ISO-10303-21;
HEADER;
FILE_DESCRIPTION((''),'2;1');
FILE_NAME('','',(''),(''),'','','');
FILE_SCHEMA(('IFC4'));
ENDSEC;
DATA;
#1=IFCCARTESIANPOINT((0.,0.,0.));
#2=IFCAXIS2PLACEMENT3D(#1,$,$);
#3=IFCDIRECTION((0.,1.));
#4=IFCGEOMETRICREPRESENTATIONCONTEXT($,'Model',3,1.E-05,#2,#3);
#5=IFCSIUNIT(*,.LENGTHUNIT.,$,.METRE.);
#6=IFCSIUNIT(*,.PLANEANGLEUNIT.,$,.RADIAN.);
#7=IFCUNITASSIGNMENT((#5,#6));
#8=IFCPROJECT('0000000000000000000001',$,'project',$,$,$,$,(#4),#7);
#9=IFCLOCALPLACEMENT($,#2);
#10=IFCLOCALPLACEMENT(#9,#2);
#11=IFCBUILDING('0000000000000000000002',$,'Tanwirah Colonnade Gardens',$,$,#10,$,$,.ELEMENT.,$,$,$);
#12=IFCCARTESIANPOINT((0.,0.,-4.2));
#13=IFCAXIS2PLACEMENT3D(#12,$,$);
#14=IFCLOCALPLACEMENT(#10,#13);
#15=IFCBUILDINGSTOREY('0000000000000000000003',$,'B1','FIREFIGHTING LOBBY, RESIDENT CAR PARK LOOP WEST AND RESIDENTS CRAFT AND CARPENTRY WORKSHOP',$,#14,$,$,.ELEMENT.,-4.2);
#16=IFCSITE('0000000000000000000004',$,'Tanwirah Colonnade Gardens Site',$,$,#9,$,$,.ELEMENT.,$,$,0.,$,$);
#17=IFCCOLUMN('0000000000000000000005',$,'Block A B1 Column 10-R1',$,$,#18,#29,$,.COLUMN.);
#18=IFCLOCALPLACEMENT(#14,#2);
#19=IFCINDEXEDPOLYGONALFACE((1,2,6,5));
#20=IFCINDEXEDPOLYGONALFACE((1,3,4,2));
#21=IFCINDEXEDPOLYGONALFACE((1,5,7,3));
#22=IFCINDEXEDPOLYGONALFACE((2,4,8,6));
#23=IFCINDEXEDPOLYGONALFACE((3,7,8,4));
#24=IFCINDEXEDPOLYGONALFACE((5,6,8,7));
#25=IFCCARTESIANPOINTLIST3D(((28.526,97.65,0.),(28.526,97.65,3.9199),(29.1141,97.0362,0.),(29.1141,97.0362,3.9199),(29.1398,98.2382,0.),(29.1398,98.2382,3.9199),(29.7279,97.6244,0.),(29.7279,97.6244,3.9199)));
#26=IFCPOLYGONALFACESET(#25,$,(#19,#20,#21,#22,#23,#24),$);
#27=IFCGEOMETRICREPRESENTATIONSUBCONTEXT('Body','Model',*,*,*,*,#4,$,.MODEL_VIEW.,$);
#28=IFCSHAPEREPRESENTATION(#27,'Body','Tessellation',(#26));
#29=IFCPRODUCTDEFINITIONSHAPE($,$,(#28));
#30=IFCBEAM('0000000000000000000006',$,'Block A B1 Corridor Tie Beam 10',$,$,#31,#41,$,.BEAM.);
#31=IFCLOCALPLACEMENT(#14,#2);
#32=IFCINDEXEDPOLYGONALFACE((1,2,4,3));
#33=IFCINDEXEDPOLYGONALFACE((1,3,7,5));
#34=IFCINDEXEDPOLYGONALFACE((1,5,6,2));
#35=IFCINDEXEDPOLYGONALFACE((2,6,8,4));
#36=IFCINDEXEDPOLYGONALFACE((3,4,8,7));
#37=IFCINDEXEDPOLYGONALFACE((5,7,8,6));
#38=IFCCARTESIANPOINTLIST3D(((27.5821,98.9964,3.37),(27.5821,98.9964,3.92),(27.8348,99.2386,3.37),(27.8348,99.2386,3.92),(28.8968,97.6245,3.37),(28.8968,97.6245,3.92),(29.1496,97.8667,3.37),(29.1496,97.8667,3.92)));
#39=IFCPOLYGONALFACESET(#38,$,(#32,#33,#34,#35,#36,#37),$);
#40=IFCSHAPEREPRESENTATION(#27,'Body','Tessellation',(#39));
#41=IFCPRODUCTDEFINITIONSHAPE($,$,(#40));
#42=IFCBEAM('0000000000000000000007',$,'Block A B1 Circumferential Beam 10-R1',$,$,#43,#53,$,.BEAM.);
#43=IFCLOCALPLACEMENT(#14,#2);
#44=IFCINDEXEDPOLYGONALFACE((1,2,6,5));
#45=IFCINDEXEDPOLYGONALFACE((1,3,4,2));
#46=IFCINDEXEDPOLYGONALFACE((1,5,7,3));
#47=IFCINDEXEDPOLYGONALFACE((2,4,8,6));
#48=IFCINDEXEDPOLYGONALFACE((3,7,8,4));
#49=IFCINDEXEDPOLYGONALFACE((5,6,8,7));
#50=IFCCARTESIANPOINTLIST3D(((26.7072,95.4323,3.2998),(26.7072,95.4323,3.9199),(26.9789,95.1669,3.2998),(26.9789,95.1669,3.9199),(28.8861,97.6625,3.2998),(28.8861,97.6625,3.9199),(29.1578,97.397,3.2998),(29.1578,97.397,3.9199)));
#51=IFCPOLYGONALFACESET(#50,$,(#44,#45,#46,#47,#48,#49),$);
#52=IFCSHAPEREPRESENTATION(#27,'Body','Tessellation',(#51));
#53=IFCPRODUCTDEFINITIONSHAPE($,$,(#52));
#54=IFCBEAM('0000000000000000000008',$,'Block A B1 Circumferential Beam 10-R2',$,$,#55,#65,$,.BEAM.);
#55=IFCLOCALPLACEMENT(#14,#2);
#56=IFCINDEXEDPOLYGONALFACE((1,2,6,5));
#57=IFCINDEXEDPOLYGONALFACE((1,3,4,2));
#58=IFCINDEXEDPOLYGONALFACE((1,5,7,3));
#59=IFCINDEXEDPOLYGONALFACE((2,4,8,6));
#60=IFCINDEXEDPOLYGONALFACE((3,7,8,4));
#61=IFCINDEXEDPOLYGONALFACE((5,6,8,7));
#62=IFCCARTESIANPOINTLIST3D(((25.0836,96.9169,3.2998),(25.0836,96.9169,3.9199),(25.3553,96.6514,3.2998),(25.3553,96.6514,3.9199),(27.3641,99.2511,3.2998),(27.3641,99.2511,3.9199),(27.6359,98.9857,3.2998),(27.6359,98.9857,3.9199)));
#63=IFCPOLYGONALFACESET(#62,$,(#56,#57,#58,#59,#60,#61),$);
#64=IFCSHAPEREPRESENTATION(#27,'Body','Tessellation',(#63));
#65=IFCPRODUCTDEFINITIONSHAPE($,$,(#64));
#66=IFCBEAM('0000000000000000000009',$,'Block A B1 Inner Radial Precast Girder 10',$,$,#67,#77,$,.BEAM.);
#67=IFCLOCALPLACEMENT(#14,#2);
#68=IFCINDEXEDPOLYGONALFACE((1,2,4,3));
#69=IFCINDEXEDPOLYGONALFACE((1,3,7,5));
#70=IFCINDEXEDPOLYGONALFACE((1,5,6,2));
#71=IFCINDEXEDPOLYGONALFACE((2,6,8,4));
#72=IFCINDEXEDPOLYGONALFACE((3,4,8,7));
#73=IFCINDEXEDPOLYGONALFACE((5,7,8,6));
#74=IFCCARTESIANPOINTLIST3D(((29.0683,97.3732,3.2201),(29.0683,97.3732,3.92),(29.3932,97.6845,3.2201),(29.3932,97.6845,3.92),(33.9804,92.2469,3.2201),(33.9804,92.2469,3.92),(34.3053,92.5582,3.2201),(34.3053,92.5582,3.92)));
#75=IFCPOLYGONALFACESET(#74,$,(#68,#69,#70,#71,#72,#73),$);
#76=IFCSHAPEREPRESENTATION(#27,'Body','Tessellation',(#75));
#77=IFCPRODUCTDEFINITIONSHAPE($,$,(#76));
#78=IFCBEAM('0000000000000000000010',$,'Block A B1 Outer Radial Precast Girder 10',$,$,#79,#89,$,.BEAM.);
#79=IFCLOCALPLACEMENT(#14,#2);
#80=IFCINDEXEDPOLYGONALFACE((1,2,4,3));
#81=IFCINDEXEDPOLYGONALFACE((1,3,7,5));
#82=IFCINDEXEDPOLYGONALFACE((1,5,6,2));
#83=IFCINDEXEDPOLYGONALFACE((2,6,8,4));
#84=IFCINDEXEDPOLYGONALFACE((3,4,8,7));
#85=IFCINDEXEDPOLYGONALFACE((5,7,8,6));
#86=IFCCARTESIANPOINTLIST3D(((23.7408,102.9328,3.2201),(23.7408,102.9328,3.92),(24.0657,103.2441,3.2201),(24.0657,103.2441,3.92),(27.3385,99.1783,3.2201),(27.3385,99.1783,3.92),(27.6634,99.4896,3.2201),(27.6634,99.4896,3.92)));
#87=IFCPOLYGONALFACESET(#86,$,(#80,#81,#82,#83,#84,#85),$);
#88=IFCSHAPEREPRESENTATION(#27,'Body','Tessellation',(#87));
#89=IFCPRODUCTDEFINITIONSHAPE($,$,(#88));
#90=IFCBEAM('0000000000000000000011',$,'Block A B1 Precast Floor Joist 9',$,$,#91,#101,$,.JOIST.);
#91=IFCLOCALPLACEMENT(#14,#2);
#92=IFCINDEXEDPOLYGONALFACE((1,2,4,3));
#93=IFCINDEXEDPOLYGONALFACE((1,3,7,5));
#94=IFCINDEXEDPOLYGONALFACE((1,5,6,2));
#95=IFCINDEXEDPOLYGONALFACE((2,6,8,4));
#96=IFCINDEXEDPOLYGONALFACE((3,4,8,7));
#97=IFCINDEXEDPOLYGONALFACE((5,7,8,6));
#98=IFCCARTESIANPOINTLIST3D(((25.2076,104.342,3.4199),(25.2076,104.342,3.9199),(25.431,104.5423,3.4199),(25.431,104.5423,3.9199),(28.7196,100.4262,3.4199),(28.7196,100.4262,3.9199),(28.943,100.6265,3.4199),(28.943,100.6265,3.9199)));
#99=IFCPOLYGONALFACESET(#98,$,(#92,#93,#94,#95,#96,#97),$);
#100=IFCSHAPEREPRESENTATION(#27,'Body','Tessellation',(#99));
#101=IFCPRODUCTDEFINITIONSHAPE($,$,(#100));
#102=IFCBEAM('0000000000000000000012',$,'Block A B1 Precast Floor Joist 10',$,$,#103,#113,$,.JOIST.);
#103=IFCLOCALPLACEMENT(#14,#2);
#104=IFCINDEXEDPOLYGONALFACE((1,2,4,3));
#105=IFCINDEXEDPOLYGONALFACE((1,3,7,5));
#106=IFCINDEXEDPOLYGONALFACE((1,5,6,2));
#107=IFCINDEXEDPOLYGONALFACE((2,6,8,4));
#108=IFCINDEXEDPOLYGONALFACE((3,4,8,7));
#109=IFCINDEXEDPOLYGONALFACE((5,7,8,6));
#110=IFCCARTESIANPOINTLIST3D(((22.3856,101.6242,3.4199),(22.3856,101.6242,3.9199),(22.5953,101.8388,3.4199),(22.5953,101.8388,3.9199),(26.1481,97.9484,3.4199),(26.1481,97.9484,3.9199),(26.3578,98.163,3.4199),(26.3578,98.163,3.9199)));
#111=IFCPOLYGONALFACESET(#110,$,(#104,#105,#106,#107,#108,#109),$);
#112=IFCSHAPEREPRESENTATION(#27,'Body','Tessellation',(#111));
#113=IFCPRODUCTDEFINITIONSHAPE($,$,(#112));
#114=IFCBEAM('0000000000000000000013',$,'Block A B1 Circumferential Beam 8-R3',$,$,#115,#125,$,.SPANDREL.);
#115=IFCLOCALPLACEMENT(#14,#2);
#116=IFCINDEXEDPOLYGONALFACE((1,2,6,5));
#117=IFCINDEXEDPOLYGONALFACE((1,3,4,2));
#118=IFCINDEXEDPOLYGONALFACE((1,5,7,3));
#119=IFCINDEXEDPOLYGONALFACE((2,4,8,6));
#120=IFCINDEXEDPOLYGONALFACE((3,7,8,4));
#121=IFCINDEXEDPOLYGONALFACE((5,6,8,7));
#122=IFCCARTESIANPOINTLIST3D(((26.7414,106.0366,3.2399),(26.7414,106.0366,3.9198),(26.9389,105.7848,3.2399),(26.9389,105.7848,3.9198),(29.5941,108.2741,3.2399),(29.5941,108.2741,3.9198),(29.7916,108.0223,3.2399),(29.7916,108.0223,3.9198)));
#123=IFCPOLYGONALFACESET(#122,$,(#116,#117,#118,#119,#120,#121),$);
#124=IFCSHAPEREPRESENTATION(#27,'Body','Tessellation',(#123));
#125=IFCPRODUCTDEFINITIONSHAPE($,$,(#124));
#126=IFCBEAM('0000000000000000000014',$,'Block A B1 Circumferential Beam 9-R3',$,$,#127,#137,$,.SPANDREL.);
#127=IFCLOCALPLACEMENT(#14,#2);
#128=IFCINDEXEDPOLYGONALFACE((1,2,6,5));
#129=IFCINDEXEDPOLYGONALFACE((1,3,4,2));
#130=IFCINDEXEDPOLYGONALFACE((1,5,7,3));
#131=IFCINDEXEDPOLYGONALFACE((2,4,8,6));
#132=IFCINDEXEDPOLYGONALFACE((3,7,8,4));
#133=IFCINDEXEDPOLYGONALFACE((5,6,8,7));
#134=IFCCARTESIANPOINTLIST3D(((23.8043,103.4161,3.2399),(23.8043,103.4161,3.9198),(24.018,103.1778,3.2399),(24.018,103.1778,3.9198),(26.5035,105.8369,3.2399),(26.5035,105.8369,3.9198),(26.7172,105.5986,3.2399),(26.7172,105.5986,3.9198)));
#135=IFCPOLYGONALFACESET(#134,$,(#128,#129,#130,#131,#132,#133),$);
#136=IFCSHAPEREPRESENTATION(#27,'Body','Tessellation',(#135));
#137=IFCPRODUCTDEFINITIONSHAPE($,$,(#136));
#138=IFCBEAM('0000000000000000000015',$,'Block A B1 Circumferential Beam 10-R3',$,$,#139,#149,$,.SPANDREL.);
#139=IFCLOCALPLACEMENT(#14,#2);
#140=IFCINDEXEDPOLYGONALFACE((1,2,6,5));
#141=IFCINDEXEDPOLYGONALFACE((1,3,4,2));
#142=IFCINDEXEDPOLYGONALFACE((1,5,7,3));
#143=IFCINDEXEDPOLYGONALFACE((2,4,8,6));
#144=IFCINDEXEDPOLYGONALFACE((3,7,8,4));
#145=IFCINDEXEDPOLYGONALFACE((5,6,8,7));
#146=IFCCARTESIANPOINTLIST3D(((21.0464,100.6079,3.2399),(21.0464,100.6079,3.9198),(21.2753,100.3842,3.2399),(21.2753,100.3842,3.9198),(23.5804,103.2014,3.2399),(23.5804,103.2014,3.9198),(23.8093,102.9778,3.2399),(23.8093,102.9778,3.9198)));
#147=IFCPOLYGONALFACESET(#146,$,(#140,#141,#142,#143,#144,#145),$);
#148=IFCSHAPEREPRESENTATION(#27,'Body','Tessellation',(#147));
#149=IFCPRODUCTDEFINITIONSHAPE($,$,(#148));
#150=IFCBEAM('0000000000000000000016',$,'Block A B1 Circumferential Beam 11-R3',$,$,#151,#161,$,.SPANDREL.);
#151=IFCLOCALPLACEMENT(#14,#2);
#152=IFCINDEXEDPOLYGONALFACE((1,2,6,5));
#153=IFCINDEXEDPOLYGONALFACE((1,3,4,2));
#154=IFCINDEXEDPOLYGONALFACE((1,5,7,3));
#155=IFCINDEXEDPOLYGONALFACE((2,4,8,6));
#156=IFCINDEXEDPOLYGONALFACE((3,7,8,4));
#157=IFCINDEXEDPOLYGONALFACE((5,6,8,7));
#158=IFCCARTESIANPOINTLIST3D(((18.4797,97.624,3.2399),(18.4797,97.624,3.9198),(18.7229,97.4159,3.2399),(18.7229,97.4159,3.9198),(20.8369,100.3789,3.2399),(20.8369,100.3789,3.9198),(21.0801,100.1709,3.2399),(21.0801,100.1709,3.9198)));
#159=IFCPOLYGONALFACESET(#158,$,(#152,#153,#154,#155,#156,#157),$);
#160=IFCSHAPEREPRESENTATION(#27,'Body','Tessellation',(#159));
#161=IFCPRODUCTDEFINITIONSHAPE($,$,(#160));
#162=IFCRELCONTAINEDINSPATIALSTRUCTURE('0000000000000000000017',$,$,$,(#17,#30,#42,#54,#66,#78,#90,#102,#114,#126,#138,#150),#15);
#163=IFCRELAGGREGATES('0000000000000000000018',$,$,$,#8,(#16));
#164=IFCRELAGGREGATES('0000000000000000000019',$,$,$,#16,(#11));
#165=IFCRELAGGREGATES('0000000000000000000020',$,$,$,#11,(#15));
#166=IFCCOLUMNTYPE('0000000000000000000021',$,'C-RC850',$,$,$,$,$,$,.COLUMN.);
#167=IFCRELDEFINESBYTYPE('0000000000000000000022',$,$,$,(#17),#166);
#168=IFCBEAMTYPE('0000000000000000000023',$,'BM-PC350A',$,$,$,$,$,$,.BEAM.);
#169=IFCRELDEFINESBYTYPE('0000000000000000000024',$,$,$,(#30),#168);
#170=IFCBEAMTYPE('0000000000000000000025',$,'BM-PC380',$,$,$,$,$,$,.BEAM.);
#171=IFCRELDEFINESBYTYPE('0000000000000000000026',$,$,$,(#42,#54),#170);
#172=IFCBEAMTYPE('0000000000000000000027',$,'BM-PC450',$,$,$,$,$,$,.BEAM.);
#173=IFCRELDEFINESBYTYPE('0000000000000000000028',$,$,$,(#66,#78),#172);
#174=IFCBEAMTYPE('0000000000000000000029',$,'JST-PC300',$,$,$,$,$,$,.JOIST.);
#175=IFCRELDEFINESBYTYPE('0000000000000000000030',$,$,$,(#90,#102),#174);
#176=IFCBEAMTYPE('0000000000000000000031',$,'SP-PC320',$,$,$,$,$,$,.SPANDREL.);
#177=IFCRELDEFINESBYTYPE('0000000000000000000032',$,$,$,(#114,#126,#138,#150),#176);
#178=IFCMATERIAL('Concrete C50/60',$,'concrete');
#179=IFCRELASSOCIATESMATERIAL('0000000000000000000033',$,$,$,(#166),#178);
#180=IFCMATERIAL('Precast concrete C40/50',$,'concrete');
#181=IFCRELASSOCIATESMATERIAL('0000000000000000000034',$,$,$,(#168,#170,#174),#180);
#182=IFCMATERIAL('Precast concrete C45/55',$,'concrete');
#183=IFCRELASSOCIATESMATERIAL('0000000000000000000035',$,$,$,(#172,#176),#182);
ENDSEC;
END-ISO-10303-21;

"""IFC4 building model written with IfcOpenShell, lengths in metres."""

from ifc_helpers import new_model, si_unit, direction, frame, origin, origin_2d, place, context, subcontext, project, spatial, rectangle, extrude, material, material_profile, profile_set, type_object, element, save


model = new_model("IFC4")

# Units and contexts
model_context = context("Model", 3, precision=1e-05, world=origin(), true_north=direction((0.0, 1.0)))
body_context = subcontext(model_context, "Body", "Model", "MODEL_VIEW")
ifc_project = project(units=[si_unit("LENGTHUNIT", "METRE"), si_unit("PLANEANGLEUNIT", "RADIAN")], contexts=[model_context])

# Site, building, storey
site_placement = place(None, origin())
site = spatial("IfcSite", under=ifc_project, at=site_placement, Name="Tanwirah Colonnade Gardens Site", CompositionType="ELEMENT", RefElevation=0.0)
building_placement = place(site_placement, origin())
building = spatial("IfcBuilding", under=site, at=building_placement, Name="Tanwirah Colonnade Gardens", CompositionType="ELEMENT")
storey_placement = place(building_placement, frame((0.0, 0.0, -4.2)))
storey = spatial("IfcBuildingStorey", under=building, at=storey_placement, Name="B1", Description="FIREFIGHTING LOBBY, RESIDENT CAR PARK LOOP WEST AND RESIDENTS CRAFT AND CARPENTRY WORKSHOP", CompositionType="ELEMENT", Elevation=-4.2)

# Column
ifc_material_1 = material(Name="Concrete C50/60", Category="concrete")
ifc_material_profile_1 = material_profile(ifc_material_1, rectangle(XDim=0.8501, YDim=0.8501, at=origin_2d()), Name="RC-COL 850x850")
ifc_profile_set_1 = profile_set([ifc_material_profile_1], Name="Concrete C50/60")
column_type_1 = type_object("IfcColumnType", Name="C-RC850", PredefinedType="COLUMN", material=ifc_profile_set_1)
column_placement = place(storey_placement, frame((29.127, 97.6372, 0.0), z_axis=(0.0, 0.0, 1.0), x_axis=(-0.691863, 0.722029, 0.0)))
element("IfcColumn", 1, at=column_placement, inside=storey, type_object=column_type_1, Name="Block A B1 Column 10-R1", PredefinedType="COLUMN", context=body_context, shape_type="SweptSolid", body=[
    extrude(rectangle(XDim=0.8501, YDim=0.8501, at=origin_2d()), origin(), (0.0, 0.0, 1.0), 3.9199),
])

# Beams
ifc_material_2 = material(Name="Precast concrete C40/50", Category="concrete")
ifc_material_profile_2 = material_profile(ifc_material_2, rectangle(XDim=0.3501, YDim=0.55, at=origin_2d()), Name="PC-BM 350x550")
ifc_profile_set_2 = profile_set([ifc_material_profile_2], Name="Precast concrete C40/50")
beam_type_1 = type_object("IfcBeamType", Name="BM-PC350A", PredefinedType="BEAM", material=ifc_profile_set_2)
beam_1_placement = place(storey_placement, frame((29.0232, 97.7456, 3.645), z_axis=(-0.691914, 0.72198, 0.0), x_axis=(-0.72198, -0.691914, 0.0)))
element("IfcBeam", 2, at=beam_1_placement, inside=storey, type_object=beam_type_1, Name="Block A B1 Corridor Tie Beam 10", PredefinedType="BEAM", context=body_context, shape_type="SweptSolid", body=[
    extrude(rectangle(XDim=0.3501, YDim=0.55, at=origin_2d()), origin(), (0.0, 0.0, 1.0), 1.9001),
])
ifc_material_profile_3 = material_profile(ifc_material_2, rectangle(XDim=0.3799, YDim=0.6201, at=origin_2d()), Name="PC-BM 380x620")
ifc_profile_set_3 = profile_set([ifc_material_profile_3], Name="Precast concrete C40/50")
beam_type_2 = type_object("IfcBeamType", Name="BM-PC380", PredefinedType="BEAM", material=ifc_profile_set_3)
beam_2_placement = place(storey_placement, frame((29.022, 97.5298, 3.6099), z_axis=(-0.698837, -0.715281, 0.0), x_axis=(0.715281, -0.698837, 0.0)))
element("IfcBeam", 3, at=beam_2_placement, inside=storey, type_object=beam_type_2, Name="Block A B1 Circumferential Beam 10-R1", PredefinedType="BEAM", context=body_context, shape_type="SweptSolid", body=[
    extrude(rectangle(XDim=0.3799, YDim=0.6201, at=origin_2d()), origin(), (0.0, 0.0, 1.0), 3.1179),
])
beam_3_placement = place(storey_placement, frame((27.5, 99.1184, 3.6099), z_axis=(-0.698829, -0.715288, 0.0), x_axis=(0.715288, -0.698829, 0.0)))
element("IfcBeam", 4, at=beam_3_placement, inside=storey, type_object=beam_type_2, Name="Block A B1 Circumferential Beam 10-R2", PredefinedType="BEAM", context=body_context, shape_type="SweptSolid", body=[
    extrude(rectangle(XDim=0.3799, YDim=0.6201, at=origin_2d()), origin(), (0.0, 0.0, 1.0), 3.2634),
])
ifc_material_3 = material(Name="Precast concrete C45/55", Category="concrete")
ifc_material_profile_4 = material_profile(ifc_material_3, rectangle(XDim=0.45, YDim=0.7, at=origin_2d()), Name="PC-BM 450x700")
ifc_profile_set_4 = profile_set([ifc_material_profile_4], Name="Precast concrete C45/55")
beam_type_3 = type_object("IfcBeamType", Name="BM-PC450", PredefinedType="BEAM", material=ifc_profile_set_4)
beam_4_placement = place(storey_placement, frame((29.2307, 97.5288, 3.5701), z_axis=(0.691867, -0.722025, 0.0), x_axis=(0.722025, 0.691867, 0.0)))
element("IfcBeam", 5, at=beam_4_placement, inside=storey, type_object=beam_type_3, Name="Block A B1 Inner Radial Precast Girder 10", PredefinedType="BEAM", context=body_context, shape_type="SweptSolid", body=[
    extrude(rectangle(XDim=0.45, YDim=0.7, at=origin_2d()), origin(), (0.0, 0.0, 1.0), 7.0999),
])
beam_5_placement = place(storey_placement, frame((27.501, 99.334, 3.5701), z_axis=(-0.691875, 0.722018, 0.0), x_axis=(-0.722018, -0.691875, 0.0)))
element("IfcBeam", 6, at=beam_5_placement, inside=storey, type_object=beam_type_3, Name="Block A B1 Outer Radial Precast Girder 10", PredefinedType="BEAM", context=body_context, shape_type="SweptSolid", body=[
    extrude(rectangle(XDim=0.45, YDim=0.7, at=origin_2d()), origin(), (0.0, 0.0, 1.0), 5.2),
])
ifc_material_profile_5 = material_profile(ifc_material_2, rectangle(XDim=0.3, YDim=0.5, at=origin_2d()), Name="PC-JST 300x500")
ifc_profile_set_5 = profile_set([ifc_material_profile_5], Name="Precast concrete C40/50")
beam_type_4 = type_object("IfcBeamType", Name="JST-PC300", PredefinedType="JOIST", material=ifc_profile_set_5)
for number, where, z_axis, x_axis, name in (
    (7, (28.8313, 100.5264, 3.6699), (-0.667679, 0.744449, 0.0), (-0.744449, -0.667679, 0.0), "Block A B1 Precast Floor Joist 9"),
    (8, (26.2529, 98.0557, 3.6699), (-0.715297, 0.69882, 0.0), (-0.69882, -0.715297, 0.0), "Block A B1 Precast Floor Joist 10"),
):
    element("IfcBeam", number, at=place(storey_placement, frame(where, z_axis=z_axis, x_axis=x_axis)), inside=storey, type_object=beam_type_4, Name=name, PredefinedType="JOIST", context=body_context, shape_type="SweptSolid", body=[
        extrude(rectangle(XDim=0.3, YDim=0.5, at=origin_2d()), origin(), (0.0, 0.0, 1.0), 5.26),
    ])
ifc_material_profile_6 = material_profile(ifc_material_3, rectangle(XDim=0.3201, YDim=0.6799, at=origin_2d()), Name="PC-SP 320x680")
ifc_profile_set_6 = profile_set([ifc_material_profile_6], Name="Precast concrete C45/55")
beam_type_5 = type_object("IfcBeamType", Name="SP-PC320", PredefinedType="SPANDREL", material=ifc_profile_set_6)
beam_6_placement = place(storey_placement, frame((29.6929, 108.1482, 3.5798), z_axis=(-0.786844, -0.617152, 0.0), x_axis=(0.617152, -0.786844, 0.0)))
element("IfcBeam", 9, at=beam_6_placement, inside=storey, type_object=beam_type_5, Name="Block A B1 Circumferential Beam 8-R3", PredefinedType="SPANDREL", context=body_context, shape_type="SweptSolid", body=[
    extrude(rectangle(XDim=0.3201, YDim=0.6799, at=origin_2d()), origin(), (0.0, 0.0, 1.0), 3.6255),
])
beam_7_placement = place(storey_placement, frame((26.6104, 105.7178, 3.5798), z_axis=(-0.744445, -0.667684, 0.0), x_axis=(0.667684, -0.744445, 0.0)))
element("IfcBeam", 10, at=beam_7_placement, inside=storey, type_object=beam_type_5, Name="Block A B1 Circumferential Beam 9-R3", PredefinedType="SPANDREL", context=body_context, shape_type="SweptSolid", body=[
    extrude(rectangle(XDim=0.3201, YDim=0.6799, at=origin_2d()), origin(), (0.0, 0.0, 1.0), 3.6257),
])
beam_8_placement = place(storey_placement, frame((23.6948, 103.0896, 3.5798), z_axis=(-0.698844, -0.715274, 0.0), x_axis=(0.715274, -0.698844, 0.0)))
element("IfcBeam", 11, at=beam_8_placement, inside=storey, type_object=beam_type_5, Name="Block A B1 Circumferential Beam 10-R3", PredefinedType="SPANDREL", context=body_context, shape_type="SweptSolid", body=[
    extrude(rectangle(XDim=0.3201, YDim=0.6799, at=origin_2d()), origin(), (0.0, 0.0, 1.0), 3.626),
])
beam_9_placement = place(storey_placement, frame((20.9585, 100.2749, 3.5798), z_axis=(-0.650131, -0.759822, 0.0), x_axis=(0.759822, -0.650131, 0.0)))
element("IfcBeam", 12, at=beam_9_placement, inside=storey, type_object=beam_type_5, Name="Block A B1 Circumferential Beam 11-R3", PredefinedType="SPANDREL", context=body_context, shape_type="SweptSolid", body=[
    extrude(rectangle(XDim=0.3201, YDim=0.6799, at=origin_2d()), origin(), (0.0, 0.0, 1.0), 3.6257),
])

save(model, "model.ifc")
